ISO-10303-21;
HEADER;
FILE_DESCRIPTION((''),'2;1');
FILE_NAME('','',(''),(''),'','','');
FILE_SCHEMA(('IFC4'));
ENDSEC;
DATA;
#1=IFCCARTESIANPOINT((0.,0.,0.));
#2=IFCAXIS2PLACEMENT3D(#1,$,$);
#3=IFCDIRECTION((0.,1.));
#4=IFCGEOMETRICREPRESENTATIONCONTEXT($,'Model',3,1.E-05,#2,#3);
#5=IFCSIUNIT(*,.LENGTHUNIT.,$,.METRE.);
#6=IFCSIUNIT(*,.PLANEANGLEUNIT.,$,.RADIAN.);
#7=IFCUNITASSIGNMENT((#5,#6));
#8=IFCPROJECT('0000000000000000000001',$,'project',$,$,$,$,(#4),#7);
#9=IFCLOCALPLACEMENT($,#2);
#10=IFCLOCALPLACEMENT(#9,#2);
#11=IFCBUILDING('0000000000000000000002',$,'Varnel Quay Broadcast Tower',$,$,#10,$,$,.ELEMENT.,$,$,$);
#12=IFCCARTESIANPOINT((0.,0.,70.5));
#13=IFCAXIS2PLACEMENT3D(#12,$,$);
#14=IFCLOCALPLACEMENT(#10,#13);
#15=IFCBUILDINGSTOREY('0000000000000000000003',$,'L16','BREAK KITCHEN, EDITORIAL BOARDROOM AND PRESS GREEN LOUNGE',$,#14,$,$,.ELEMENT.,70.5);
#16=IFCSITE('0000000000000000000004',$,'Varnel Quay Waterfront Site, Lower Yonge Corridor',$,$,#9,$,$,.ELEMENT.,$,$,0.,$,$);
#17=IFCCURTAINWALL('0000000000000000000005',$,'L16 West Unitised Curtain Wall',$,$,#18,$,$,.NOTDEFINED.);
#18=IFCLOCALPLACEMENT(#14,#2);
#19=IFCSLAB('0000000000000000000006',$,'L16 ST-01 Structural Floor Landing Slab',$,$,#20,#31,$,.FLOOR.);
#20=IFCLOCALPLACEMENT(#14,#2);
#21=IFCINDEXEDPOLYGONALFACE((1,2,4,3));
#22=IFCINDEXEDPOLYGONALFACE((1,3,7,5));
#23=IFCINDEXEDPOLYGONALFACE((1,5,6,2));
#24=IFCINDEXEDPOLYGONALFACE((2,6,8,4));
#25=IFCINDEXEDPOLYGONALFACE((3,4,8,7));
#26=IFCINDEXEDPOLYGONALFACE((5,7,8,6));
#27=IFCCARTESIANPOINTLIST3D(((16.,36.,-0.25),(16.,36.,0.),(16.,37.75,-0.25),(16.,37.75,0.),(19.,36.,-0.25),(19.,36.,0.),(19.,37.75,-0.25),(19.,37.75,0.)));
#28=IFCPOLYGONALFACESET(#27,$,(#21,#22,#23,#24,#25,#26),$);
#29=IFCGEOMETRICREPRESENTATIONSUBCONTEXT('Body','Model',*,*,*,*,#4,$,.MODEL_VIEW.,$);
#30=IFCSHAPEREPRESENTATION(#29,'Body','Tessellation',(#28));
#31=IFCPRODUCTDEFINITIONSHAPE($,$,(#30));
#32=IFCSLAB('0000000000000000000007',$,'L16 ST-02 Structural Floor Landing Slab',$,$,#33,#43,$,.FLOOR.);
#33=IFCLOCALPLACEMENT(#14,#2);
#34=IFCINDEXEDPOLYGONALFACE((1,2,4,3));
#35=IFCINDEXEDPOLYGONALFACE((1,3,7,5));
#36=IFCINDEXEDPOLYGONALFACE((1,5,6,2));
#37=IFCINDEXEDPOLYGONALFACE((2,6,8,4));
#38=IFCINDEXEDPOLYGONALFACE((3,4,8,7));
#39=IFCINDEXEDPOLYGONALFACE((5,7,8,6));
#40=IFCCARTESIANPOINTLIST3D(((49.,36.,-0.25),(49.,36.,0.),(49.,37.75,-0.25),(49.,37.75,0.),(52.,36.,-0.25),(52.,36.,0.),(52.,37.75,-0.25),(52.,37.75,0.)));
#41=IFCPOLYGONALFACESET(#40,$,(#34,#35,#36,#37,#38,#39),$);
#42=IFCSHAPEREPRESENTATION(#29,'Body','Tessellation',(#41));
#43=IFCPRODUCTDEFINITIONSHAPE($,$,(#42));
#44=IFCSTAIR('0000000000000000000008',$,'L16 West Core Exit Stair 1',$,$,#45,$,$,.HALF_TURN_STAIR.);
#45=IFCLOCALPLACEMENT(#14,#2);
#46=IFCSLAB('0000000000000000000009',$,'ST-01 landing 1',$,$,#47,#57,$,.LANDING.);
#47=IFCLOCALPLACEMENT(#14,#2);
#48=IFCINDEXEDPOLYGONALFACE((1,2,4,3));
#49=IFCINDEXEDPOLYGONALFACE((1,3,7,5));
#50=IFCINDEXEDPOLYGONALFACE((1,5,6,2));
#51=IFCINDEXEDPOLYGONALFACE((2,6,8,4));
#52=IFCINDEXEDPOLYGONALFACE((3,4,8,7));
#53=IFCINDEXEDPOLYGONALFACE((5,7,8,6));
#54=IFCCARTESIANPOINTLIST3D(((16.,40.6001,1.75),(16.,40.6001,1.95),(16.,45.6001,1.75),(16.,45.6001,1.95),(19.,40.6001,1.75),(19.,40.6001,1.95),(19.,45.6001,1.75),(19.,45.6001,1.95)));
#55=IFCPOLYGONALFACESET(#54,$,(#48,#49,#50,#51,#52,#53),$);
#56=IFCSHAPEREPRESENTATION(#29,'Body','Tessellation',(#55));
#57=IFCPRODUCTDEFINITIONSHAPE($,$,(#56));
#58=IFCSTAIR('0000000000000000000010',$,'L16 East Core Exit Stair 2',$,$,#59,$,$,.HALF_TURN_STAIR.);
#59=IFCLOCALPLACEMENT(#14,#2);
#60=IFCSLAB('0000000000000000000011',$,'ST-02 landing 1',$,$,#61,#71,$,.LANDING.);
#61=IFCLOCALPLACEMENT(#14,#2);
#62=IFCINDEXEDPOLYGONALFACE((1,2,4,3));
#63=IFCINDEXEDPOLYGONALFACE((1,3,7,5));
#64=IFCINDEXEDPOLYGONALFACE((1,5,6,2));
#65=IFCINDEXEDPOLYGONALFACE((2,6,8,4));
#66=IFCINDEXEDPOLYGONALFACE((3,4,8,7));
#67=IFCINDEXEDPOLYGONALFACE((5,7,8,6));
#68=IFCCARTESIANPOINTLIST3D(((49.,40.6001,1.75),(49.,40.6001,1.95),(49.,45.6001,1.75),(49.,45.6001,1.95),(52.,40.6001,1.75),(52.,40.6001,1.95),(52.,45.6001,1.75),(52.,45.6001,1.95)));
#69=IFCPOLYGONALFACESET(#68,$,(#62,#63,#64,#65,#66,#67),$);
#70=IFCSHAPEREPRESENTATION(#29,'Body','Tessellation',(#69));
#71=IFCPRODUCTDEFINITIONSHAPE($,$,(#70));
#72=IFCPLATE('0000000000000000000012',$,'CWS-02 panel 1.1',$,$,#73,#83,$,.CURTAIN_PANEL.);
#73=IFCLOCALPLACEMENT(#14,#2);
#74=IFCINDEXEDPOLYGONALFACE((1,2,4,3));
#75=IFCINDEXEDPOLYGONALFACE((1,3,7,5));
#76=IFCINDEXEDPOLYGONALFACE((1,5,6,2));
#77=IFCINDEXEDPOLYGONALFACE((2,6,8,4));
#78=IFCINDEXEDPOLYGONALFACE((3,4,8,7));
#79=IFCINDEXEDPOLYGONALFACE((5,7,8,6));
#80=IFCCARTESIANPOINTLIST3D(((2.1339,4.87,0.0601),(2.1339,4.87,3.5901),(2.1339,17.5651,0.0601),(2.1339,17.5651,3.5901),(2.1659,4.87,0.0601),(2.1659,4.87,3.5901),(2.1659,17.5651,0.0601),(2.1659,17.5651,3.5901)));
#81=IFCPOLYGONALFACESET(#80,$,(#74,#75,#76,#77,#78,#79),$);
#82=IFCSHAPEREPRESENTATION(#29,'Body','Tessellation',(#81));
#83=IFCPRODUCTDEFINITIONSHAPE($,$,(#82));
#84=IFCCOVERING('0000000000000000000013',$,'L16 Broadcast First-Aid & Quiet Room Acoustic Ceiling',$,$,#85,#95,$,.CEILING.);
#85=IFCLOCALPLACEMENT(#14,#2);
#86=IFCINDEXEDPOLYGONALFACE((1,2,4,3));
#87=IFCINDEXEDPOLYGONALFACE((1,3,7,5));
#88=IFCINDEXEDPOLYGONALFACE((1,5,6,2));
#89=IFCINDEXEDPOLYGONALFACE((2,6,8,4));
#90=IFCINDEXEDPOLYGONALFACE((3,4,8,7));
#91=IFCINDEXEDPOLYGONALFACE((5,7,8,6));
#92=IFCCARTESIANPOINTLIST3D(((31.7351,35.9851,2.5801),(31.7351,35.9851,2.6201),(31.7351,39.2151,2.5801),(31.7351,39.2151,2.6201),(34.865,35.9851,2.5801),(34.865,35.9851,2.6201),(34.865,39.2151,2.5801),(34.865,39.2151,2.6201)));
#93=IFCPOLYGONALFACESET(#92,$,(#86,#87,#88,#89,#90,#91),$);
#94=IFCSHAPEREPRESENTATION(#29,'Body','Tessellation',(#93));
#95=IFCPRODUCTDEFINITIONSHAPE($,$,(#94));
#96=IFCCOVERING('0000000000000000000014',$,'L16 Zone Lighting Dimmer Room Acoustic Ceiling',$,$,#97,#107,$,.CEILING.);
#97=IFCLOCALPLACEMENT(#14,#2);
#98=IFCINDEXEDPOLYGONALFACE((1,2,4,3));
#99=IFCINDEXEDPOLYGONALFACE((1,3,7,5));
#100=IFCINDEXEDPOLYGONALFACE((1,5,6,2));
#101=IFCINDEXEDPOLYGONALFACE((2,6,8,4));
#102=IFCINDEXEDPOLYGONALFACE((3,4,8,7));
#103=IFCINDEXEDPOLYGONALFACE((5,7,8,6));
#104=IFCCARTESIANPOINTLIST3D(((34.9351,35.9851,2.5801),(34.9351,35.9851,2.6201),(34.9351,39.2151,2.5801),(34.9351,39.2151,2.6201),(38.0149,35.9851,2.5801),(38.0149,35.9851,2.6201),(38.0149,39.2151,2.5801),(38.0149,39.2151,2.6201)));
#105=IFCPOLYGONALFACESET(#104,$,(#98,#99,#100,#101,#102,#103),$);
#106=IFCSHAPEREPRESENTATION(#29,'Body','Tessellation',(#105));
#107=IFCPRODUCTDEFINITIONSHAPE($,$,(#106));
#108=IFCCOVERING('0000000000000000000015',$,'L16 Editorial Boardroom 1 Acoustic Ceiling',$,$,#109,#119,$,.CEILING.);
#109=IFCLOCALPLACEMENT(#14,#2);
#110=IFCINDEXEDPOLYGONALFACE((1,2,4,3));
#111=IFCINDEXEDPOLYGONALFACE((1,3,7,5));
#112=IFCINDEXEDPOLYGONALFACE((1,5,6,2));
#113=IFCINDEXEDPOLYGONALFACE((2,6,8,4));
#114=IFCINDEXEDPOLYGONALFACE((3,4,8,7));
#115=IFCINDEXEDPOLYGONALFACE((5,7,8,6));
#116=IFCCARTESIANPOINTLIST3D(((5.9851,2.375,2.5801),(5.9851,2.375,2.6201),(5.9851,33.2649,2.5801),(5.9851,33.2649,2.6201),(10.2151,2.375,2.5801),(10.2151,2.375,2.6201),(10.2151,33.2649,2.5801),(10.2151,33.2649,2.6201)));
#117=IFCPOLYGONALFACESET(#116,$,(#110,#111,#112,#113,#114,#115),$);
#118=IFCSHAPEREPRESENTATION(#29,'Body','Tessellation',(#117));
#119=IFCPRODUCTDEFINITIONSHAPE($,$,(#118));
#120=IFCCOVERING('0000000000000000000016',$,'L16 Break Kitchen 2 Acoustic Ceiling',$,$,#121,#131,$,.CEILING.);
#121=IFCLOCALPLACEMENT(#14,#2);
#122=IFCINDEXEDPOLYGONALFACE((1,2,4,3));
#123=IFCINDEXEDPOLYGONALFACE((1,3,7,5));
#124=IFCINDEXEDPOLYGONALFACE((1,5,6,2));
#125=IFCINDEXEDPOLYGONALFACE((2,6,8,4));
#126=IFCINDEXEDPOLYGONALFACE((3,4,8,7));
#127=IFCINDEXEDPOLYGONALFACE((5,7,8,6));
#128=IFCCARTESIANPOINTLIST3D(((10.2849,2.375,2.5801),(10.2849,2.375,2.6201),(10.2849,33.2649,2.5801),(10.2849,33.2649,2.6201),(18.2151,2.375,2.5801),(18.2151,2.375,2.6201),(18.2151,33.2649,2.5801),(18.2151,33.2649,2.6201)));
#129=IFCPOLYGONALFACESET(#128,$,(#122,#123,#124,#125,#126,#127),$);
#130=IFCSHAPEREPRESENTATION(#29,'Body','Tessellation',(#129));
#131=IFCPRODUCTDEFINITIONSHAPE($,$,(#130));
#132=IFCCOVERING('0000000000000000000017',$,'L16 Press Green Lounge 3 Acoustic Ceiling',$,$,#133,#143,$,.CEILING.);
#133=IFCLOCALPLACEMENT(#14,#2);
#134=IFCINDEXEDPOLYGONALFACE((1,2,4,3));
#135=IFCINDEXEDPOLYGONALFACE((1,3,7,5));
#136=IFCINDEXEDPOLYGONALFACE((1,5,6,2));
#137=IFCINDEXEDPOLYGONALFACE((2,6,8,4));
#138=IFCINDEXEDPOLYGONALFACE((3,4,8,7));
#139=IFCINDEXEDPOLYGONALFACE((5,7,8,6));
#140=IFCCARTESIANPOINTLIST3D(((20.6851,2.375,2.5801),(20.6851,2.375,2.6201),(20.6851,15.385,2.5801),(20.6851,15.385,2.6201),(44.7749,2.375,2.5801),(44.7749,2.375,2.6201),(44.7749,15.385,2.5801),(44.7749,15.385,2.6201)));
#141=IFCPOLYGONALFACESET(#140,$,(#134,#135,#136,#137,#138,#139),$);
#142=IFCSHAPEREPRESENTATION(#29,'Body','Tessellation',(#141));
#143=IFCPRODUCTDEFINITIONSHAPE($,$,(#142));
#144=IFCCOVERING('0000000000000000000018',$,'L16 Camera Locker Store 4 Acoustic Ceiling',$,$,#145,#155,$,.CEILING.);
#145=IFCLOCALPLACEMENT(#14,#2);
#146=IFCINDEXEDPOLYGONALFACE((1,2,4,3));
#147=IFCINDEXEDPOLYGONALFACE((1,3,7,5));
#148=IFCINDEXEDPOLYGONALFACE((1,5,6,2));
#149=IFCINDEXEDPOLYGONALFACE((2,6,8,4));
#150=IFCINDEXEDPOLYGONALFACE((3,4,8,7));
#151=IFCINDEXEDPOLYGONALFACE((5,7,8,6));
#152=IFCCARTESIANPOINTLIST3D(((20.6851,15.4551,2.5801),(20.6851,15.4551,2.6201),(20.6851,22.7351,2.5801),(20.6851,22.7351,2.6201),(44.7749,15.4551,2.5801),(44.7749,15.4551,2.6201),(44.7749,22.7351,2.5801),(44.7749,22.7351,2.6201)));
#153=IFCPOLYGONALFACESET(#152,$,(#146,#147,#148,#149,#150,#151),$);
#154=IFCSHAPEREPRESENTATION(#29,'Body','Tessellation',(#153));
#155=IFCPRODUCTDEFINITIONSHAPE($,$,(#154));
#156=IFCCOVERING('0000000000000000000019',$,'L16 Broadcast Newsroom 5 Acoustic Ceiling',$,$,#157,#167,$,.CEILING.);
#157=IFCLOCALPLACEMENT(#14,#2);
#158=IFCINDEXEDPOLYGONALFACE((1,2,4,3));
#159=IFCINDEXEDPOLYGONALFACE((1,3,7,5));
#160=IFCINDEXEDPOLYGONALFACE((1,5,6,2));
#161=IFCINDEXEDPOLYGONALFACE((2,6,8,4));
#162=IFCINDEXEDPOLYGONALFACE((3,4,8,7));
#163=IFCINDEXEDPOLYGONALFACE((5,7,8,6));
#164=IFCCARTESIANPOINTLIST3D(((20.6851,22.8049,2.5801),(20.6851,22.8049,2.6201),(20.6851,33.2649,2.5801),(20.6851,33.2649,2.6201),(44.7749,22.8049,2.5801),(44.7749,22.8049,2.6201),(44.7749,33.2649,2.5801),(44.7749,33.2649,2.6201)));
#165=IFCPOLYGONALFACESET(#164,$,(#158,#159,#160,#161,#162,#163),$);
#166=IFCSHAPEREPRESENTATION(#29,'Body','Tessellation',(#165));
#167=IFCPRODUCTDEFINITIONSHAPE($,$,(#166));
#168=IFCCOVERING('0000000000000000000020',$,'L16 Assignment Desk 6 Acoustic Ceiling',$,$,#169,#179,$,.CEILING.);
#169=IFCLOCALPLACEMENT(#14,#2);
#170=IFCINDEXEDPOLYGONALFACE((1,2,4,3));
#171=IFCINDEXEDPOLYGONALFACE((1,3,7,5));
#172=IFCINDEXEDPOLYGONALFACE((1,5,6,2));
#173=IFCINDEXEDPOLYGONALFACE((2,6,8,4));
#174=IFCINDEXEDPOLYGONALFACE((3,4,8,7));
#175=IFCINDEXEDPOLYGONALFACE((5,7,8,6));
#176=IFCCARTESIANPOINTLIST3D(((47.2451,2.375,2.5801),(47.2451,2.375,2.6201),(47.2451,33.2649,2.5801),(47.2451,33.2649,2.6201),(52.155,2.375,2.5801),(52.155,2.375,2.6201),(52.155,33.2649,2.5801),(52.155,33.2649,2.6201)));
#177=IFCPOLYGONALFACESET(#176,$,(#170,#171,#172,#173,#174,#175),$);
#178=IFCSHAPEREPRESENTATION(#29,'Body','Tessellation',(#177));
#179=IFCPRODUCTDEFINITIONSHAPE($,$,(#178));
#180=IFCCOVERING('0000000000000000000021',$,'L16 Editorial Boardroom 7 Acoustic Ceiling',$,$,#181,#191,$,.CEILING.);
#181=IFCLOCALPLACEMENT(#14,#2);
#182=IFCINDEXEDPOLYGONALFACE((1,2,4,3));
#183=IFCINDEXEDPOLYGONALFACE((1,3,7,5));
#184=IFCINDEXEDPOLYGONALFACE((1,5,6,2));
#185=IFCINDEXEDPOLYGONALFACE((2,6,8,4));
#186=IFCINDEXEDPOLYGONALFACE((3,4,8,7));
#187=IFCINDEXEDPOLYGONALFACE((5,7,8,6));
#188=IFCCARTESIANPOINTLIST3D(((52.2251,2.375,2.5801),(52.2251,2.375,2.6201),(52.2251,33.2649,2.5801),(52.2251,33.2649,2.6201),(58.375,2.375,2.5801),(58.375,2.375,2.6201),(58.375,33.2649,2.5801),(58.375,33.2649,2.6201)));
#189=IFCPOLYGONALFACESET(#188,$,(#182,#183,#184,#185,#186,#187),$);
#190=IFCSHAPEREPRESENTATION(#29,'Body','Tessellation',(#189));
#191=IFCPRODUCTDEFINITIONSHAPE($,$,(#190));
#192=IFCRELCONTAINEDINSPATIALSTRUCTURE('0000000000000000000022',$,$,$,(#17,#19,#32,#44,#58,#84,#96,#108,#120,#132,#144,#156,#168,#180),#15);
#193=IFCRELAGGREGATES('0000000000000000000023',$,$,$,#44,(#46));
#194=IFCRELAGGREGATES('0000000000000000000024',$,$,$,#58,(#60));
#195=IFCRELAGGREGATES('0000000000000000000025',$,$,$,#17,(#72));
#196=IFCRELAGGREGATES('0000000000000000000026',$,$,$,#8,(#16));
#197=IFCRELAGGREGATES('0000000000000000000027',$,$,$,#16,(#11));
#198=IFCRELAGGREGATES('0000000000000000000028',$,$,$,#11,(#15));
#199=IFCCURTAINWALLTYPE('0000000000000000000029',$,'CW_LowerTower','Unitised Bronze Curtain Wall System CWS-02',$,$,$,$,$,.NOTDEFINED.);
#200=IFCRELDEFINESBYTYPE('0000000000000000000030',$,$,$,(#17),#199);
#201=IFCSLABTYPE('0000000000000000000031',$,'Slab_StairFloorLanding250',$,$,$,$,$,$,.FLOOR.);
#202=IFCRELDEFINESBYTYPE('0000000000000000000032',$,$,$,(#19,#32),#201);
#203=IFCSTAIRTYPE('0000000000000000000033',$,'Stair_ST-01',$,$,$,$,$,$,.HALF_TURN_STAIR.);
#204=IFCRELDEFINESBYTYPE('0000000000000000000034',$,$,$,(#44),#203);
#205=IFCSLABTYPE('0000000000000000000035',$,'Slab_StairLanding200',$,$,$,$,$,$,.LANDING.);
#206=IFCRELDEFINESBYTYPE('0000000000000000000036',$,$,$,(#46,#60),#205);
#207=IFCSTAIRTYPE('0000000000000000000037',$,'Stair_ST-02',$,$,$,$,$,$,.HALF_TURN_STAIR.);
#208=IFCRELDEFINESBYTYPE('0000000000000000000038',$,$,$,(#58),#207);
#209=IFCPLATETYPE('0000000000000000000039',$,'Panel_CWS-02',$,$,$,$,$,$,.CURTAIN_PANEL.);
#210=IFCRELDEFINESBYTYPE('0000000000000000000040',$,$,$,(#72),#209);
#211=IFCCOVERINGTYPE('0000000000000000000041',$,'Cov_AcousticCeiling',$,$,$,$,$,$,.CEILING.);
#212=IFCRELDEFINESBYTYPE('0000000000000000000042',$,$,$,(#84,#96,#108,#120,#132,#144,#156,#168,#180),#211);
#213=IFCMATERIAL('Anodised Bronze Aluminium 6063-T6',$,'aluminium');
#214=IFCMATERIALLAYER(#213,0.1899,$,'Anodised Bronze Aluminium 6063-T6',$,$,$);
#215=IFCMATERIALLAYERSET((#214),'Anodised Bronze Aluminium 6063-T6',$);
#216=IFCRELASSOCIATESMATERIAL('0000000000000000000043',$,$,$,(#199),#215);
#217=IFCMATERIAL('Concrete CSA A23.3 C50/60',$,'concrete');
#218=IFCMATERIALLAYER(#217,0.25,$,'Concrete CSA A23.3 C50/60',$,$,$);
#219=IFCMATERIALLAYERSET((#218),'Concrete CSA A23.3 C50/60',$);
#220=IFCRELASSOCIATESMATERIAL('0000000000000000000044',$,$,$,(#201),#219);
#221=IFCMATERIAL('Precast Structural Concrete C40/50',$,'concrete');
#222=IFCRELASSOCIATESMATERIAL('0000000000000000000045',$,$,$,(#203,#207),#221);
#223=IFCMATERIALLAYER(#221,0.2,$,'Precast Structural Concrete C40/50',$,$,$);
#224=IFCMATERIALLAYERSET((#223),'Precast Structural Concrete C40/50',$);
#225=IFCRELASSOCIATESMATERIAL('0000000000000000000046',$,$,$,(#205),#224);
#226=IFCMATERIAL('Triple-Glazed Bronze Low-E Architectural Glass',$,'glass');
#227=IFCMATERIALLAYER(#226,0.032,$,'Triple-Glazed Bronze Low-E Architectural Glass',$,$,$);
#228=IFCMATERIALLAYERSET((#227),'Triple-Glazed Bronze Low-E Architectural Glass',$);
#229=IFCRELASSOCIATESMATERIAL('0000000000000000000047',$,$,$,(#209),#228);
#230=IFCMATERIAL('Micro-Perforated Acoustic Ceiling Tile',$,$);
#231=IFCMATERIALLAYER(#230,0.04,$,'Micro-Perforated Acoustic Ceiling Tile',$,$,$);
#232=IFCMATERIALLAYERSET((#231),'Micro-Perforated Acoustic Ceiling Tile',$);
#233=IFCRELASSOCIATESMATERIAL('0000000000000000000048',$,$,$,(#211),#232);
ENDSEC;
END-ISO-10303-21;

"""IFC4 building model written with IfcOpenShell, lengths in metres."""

from ifc_helpers import new_model, si_unit, direction, frame, origin, origin_2d, place, context, subcontext, project, spatial, polyline, rectangle, outline, extrude, source, transform, mapped, material, layer, layer_set, type_object, type_shapes, element, aggregate, save


model = new_model("IFC4")

# Units and contexts
model_context = context("Model", 3, precision=1e-05, world=origin(), true_north=direction((0.0, 1.0)))
body_context = subcontext(model_context, "Body", "Model", "MODEL_VIEW")
ifc_project = project(units=[si_unit("LENGTHUNIT", "METRE"), si_unit("PLANEANGLEUNIT", "RADIAN")], contexts=[model_context])

# Site, building, storey
site_placement = place(None, origin())
site = spatial("IfcSite", under=ifc_project, at=site_placement, Name="Varnel Quay Waterfront Site, Lower Yonge Corridor", CompositionType="ELEMENT", RefElevation=0.0)
building_placement = place(site_placement, origin())
building = spatial("IfcBuilding", under=site, at=building_placement, Name="Varnel Quay Broadcast Tower", CompositionType="ELEMENT")
storey_placement = place(building_placement, frame((0.0, 0.0, 70.5)))
storey = spatial("IfcBuildingStorey", under=building, at=storey_placement, Name="L16", Description="BREAK KITCHEN, EDITORIAL BOARDROOM AND PRESS GREEN LOUNGE", CompositionType="ELEMENT", Elevation=70.5)

# Curtain wall
ifc_material_1 = material(Name="Anodised Bronze Aluminium 6063-T6", Category="aluminium")
ifc_layer_1 = layer(ifc_material_1, 0.1899, Name="Anodised Bronze Aluminium 6063-T6")
ifc_layer_set_1 = layer_set([ifc_layer_1], Name="Anodised Bronze Aluminium 6063-T6")
curtain_wall_type_1 = type_object("IfcCurtainWallType", Name="CW_LowerTower", Description="Unitised Bronze Curtain Wall System CWS-02", PredefinedType="NOTDEFINED", material=ifc_layer_set_1)
curtain_wall_1_placement = place(storey_placement, origin())
curtain_wall_1 = element("IfcCurtainWall", 1, at=curtain_wall_1_placement, inside=storey, type_object=curtain_wall_type_1, Name="L16 West Unitised Curtain Wall", PredefinedType="NOTDEFINED")

# Slabs
ifc_material_2 = material(Name="Concrete CSA A23.3 C50/60", Category="concrete")
ifc_layer_2 = layer(ifc_material_2, 0.25, Name="Concrete CSA A23.3 C50/60")
ifc_layer_set_2 = layer_set([ifc_layer_2], Name="Concrete CSA A23.3 C50/60")
slab_type_1 = type_object("IfcSlabType", Name="Slab_StairFloorLanding250", PredefinedType="FLOOR", material=ifc_layer_set_2)
slab_1_placement = place(storey_placement, frame((0.0, 0.0, -0.25)))
element("IfcSlab", 2, at=slab_1_placement, inside=storey, type_object=slab_type_1, Name="L16 ST-01 Structural Floor Landing Slab", PredefinedType="FLOOR", context=body_context, shape_type="SweptSolid", body=[
    extrude(outline(polyline([(19.0, 36.0), (19.0, 37.75), (16.0, 37.75), (16.0, 36.0), (19.0, 36.0)])), origin(), (0.0, 0.0, 1.0), 0.25),
])
slab_2_placement = place(storey_placement, frame((0.0, 0.0, -0.25)))
element("IfcSlab", 3, at=slab_2_placement, inside=storey, type_object=slab_type_1, Name="L16 ST-02 Structural Floor Landing Slab", PredefinedType="FLOOR", context=body_context, shape_type="SweptSolid", body=[
    extrude(outline(polyline([(52.0, 36.0), (52.0, 37.75), (49.0, 37.75), (49.0, 36.0), (52.0, 36.0)])), origin(), (0.0, 0.0, 1.0), 0.25),
])

# Stairs, slabs
ifc_material_3 = material(Name="Precast Structural Concrete C40/50", Category="concrete")
stair_type_1 = type_object("IfcStairType", Name="Stair_ST-01", PredefinedType="HALF_TURN_STAIR", material=ifc_material_3)
stair_1_placement = place(storey_placement, origin())
stair_1 = element("IfcStair", 4, at=stair_1_placement, inside=storey, type_object=stair_type_1, Name="L16 West Core Exit Stair 1", PredefinedType="HALF_TURN_STAIR")
ifc_layer_3 = layer(ifc_material_3, 0.2, Name="Precast Structural Concrete C40/50")
ifc_layer_set_3 = layer_set([ifc_layer_3], Name="Precast Structural Concrete C40/50")
slab_type_2 = type_object("IfcSlabType", Name="Slab_StairLanding200", PredefinedType="LANDING", material=ifc_layer_set_3)
slab_3_placement = place(storey_placement, frame((0.0, 0.0, 1.75)))
slab_3 = element("IfcSlab", 5, at=slab_3_placement, type_object=slab_type_2, Name="ST-01 landing 1", PredefinedType="LANDING", context=body_context, shape_type="SweptSolid", body=[
    extrude(outline(polyline([(19.0, 40.6001), (19.0, 45.6001), (16.0, 45.6001), (16.0, 40.6001), (19.0, 40.6001)])), origin(), (0.0, 0.0, 1.0), 0.2),
])
aggregate(stair_1, [slab_3])
stair_type_2 = type_object("IfcStairType", Name="Stair_ST-02", PredefinedType="HALF_TURN_STAIR", material=ifc_material_3)
stair_2_placement = place(storey_placement, origin())
stair_2 = element("IfcStair", 6, at=stair_2_placement, inside=storey, type_object=stair_type_2, Name="L16 East Core Exit Stair 2", PredefinedType="HALF_TURN_STAIR")
slab_4_placement = place(storey_placement, frame((0.0, 0.0, 1.75)))
slab_4 = element("IfcSlab", 7, at=slab_4_placement, type_object=slab_type_2, Name="ST-02 landing 1", PredefinedType="LANDING", context=body_context, shape_type="SweptSolid", body=[
    extrude(outline(polyline([(52.0, 40.6001), (52.0, 45.6001), (49.0, 45.6001), (49.0, 40.6001), (52.0, 40.6001)])), origin(), (0.0, 0.0, 1.0), 0.2),
])
aggregate(stair_2, [slab_4])

# Plate
ifc_material_4 = material(Name="Triple-Glazed Bronze Low-E Architectural Glass", Category="glass")
ifc_layer_4 = layer(ifc_material_4, 0.032, Name="Triple-Glazed Bronze Low-E Architectural Glass")
ifc_layer_set_4 = layer_set([ifc_layer_4], Name="Triple-Glazed Bronze Low-E Architectural Glass")
plate_type = type_object("IfcPlateType", Name="Panel_CWS-02", PredefinedType="CURTAIN_PANEL", material=ifc_layer_set_4)
shared_shape_1 = source(origin(), body_context, "Body", "SweptSolid", [
    extrude(rectangle(XDim=12.6951, YDim=0.032, at=origin_2d()), origin(), (0.0, 0.0, 1.0), 3.53),
])
type_shapes(plate_type, [shared_shape_1])
plate_placement = place(storey_placement, frame((2.1499, 11.2175, 0.0601), z_axis=(0.0, 0.0, 1.0), x_axis=(0.0, 1.0, 0.0)))
plate = element("IfcPlate", 8, at=plate_placement, type_object=plate_type, Name="CWS-02 panel 1.1", PredefinedType="CURTAIN_PANEL", context=body_context, shape_type="MappedRepresentation", body=[
    mapped(shared_shape_1, transform((0.0, 0.0, 0.0), x_axis=(1.0, 0.0, 0.0), y_axis=(0.0, 1.0, 0.0), z_axis=(0.0, 0.0, 1.0), scale=1.0)),
])
aggregate(curtain_wall_1, [plate])

# Coverings
ifc_material_5 = material(Name="Micro-Perforated Acoustic Ceiling Tile")
ifc_layer_5 = layer(ifc_material_5, 0.04, Name="Micro-Perforated Acoustic Ceiling Tile")
ifc_layer_set_5 = layer_set([ifc_layer_5], Name="Micro-Perforated Acoustic Ceiling Tile")
covering_type_1 = type_object("IfcCoveringType", Name="Cov_AcousticCeiling", PredefinedType="CEILING", material=ifc_layer_set_5)
covering_1_placement = place(storey_placement, frame((0.0, 0.0, 2.5801)))
element("IfcCovering", 9, at=covering_1_placement, inside=storey, type_object=covering_type_1, Name="L16 Broadcast First-Aid & Quiet Room Acoustic Ceiling", PredefinedType="CEILING", context=body_context, shape_type="SweptSolid", body=[
    extrude(outline(polyline([(31.7351, 35.9851), (34.865, 35.9851), (34.865, 39.2151), (31.7351, 39.2151), (31.7351, 35.9851)])), origin(), (0.0, 0.0, 1.0), 0.04),
])
covering_2_placement = place(storey_placement, frame((0.0, 0.0, 2.5801)))
element("IfcCovering", 10, at=covering_2_placement, inside=storey, type_object=covering_type_1, Name="L16 Zone Lighting Dimmer Room Acoustic Ceiling", PredefinedType="CEILING", context=body_context, shape_type="SweptSolid", body=[
    extrude(outline(polyline([(34.9351, 35.9851), (38.0149, 35.9851), (38.0149, 39.2151), (34.9351, 39.2151), (34.9351, 35.9851)])), origin(), (0.0, 0.0, 1.0), 0.04),
])
covering_3_placement = place(storey_placement, frame((0.0, 0.0, 2.5801)))
element("IfcCovering", 11, at=covering_3_placement, inside=storey, type_object=covering_type_1, Name="L16 Editorial Boardroom 1 Acoustic Ceiling", PredefinedType="CEILING", context=body_context, shape_type="SweptSolid", body=[
    extrude(outline(polyline([(5.9851, 2.375), (10.2151, 2.375), (10.2151, 33.2649), (5.9851, 33.2649), (5.9851, 2.375)])), origin(), (0.0, 0.0, 1.0), 0.04),
])
covering_4_placement = place(storey_placement, frame((0.0, 0.0, 2.5801)))
element("IfcCovering", 12, at=covering_4_placement, inside=storey, type_object=covering_type_1, Name="L16 Break Kitchen 2 Acoustic Ceiling", PredefinedType="CEILING", context=body_context, shape_type="SweptSolid", body=[
    extrude(outline(polyline([(10.2849, 2.375), (18.2151, 2.375), (18.2151, 33.2649), (10.2849, 33.2649), (10.2849, 2.375)])), origin(), (0.0, 0.0, 1.0), 0.04),
])
covering_5_placement = place(storey_placement, frame((0.0, 0.0, 2.5801)))
element("IfcCovering", 13, at=covering_5_placement, inside=storey, type_object=covering_type_1, Name="L16 Press Green Lounge 3 Acoustic Ceiling", PredefinedType="CEILING", context=body_context, shape_type="SweptSolid", body=[
    extrude(outline(polyline([(20.6851, 2.375), (44.7749, 2.375), (44.7749, 15.385), (20.6851, 15.385), (20.6851, 2.375)])), origin(), (0.0, 0.0, 1.0), 0.04),
])
covering_6_placement = place(storey_placement, frame((0.0, 0.0, 2.5801)))
element("IfcCovering", 14, at=covering_6_placement, inside=storey, type_object=covering_type_1, Name="L16 Camera Locker Store 4 Acoustic Ceiling", PredefinedType="CEILING", context=body_context, shape_type="SweptSolid", body=[
    extrude(outline(polyline([(20.6851, 15.4551), (44.7749, 15.4551), (44.7749, 22.7351), (20.6851, 22.7351), (20.6851, 15.4551)])), origin(), (0.0, 0.0, 1.0), 0.04),
])
covering_7_placement = place(storey_placement, frame((0.0, 0.0, 2.5801)))
element("IfcCovering", 15, at=covering_7_placement, inside=storey, type_object=covering_type_1, Name="L16 Broadcast Newsroom 5 Acoustic Ceiling", PredefinedType="CEILING", context=body_context, shape_type="SweptSolid", body=[
    extrude(outline(polyline([(20.6851, 22.8049), (44.7749, 22.8049), (44.7749, 33.2649), (20.6851, 33.2649), (20.6851, 22.8049)])), origin(), (0.0, 0.0, 1.0), 0.04),
])
covering_8_placement = place(storey_placement, frame((0.0, 0.0, 2.5801)))
element("IfcCovering", 16, at=covering_8_placement, inside=storey, type_object=covering_type_1, Name="L16 Assignment Desk 6 Acoustic Ceiling", PredefinedType="CEILING", context=body_context, shape_type="SweptSolid", body=[
    extrude(outline(polyline([(47.2451, 2.375), (52.155, 2.375), (52.155, 33.2649), (47.2451, 33.2649), (47.2451, 2.375)])), origin(), (0.0, 0.0, 1.0), 0.04),
])
covering_9_placement = place(storey_placement, frame((0.0, 0.0, 2.5801)))
element("IfcCovering", 17, at=covering_9_placement, inside=storey, type_object=covering_type_1, Name="L16 Editorial Boardroom 7 Acoustic Ceiling", PredefinedType="CEILING", context=body_context, shape_type="SweptSolid", body=[
    extrude(outline(polyline([(52.2251, 2.375), (58.375, 2.375), (58.375, 33.2649), (52.2251, 33.2649), (52.2251, 2.375)])), origin(), (0.0, 0.0, 1.0), 0.04),
])

save(model, "model.ifc")
